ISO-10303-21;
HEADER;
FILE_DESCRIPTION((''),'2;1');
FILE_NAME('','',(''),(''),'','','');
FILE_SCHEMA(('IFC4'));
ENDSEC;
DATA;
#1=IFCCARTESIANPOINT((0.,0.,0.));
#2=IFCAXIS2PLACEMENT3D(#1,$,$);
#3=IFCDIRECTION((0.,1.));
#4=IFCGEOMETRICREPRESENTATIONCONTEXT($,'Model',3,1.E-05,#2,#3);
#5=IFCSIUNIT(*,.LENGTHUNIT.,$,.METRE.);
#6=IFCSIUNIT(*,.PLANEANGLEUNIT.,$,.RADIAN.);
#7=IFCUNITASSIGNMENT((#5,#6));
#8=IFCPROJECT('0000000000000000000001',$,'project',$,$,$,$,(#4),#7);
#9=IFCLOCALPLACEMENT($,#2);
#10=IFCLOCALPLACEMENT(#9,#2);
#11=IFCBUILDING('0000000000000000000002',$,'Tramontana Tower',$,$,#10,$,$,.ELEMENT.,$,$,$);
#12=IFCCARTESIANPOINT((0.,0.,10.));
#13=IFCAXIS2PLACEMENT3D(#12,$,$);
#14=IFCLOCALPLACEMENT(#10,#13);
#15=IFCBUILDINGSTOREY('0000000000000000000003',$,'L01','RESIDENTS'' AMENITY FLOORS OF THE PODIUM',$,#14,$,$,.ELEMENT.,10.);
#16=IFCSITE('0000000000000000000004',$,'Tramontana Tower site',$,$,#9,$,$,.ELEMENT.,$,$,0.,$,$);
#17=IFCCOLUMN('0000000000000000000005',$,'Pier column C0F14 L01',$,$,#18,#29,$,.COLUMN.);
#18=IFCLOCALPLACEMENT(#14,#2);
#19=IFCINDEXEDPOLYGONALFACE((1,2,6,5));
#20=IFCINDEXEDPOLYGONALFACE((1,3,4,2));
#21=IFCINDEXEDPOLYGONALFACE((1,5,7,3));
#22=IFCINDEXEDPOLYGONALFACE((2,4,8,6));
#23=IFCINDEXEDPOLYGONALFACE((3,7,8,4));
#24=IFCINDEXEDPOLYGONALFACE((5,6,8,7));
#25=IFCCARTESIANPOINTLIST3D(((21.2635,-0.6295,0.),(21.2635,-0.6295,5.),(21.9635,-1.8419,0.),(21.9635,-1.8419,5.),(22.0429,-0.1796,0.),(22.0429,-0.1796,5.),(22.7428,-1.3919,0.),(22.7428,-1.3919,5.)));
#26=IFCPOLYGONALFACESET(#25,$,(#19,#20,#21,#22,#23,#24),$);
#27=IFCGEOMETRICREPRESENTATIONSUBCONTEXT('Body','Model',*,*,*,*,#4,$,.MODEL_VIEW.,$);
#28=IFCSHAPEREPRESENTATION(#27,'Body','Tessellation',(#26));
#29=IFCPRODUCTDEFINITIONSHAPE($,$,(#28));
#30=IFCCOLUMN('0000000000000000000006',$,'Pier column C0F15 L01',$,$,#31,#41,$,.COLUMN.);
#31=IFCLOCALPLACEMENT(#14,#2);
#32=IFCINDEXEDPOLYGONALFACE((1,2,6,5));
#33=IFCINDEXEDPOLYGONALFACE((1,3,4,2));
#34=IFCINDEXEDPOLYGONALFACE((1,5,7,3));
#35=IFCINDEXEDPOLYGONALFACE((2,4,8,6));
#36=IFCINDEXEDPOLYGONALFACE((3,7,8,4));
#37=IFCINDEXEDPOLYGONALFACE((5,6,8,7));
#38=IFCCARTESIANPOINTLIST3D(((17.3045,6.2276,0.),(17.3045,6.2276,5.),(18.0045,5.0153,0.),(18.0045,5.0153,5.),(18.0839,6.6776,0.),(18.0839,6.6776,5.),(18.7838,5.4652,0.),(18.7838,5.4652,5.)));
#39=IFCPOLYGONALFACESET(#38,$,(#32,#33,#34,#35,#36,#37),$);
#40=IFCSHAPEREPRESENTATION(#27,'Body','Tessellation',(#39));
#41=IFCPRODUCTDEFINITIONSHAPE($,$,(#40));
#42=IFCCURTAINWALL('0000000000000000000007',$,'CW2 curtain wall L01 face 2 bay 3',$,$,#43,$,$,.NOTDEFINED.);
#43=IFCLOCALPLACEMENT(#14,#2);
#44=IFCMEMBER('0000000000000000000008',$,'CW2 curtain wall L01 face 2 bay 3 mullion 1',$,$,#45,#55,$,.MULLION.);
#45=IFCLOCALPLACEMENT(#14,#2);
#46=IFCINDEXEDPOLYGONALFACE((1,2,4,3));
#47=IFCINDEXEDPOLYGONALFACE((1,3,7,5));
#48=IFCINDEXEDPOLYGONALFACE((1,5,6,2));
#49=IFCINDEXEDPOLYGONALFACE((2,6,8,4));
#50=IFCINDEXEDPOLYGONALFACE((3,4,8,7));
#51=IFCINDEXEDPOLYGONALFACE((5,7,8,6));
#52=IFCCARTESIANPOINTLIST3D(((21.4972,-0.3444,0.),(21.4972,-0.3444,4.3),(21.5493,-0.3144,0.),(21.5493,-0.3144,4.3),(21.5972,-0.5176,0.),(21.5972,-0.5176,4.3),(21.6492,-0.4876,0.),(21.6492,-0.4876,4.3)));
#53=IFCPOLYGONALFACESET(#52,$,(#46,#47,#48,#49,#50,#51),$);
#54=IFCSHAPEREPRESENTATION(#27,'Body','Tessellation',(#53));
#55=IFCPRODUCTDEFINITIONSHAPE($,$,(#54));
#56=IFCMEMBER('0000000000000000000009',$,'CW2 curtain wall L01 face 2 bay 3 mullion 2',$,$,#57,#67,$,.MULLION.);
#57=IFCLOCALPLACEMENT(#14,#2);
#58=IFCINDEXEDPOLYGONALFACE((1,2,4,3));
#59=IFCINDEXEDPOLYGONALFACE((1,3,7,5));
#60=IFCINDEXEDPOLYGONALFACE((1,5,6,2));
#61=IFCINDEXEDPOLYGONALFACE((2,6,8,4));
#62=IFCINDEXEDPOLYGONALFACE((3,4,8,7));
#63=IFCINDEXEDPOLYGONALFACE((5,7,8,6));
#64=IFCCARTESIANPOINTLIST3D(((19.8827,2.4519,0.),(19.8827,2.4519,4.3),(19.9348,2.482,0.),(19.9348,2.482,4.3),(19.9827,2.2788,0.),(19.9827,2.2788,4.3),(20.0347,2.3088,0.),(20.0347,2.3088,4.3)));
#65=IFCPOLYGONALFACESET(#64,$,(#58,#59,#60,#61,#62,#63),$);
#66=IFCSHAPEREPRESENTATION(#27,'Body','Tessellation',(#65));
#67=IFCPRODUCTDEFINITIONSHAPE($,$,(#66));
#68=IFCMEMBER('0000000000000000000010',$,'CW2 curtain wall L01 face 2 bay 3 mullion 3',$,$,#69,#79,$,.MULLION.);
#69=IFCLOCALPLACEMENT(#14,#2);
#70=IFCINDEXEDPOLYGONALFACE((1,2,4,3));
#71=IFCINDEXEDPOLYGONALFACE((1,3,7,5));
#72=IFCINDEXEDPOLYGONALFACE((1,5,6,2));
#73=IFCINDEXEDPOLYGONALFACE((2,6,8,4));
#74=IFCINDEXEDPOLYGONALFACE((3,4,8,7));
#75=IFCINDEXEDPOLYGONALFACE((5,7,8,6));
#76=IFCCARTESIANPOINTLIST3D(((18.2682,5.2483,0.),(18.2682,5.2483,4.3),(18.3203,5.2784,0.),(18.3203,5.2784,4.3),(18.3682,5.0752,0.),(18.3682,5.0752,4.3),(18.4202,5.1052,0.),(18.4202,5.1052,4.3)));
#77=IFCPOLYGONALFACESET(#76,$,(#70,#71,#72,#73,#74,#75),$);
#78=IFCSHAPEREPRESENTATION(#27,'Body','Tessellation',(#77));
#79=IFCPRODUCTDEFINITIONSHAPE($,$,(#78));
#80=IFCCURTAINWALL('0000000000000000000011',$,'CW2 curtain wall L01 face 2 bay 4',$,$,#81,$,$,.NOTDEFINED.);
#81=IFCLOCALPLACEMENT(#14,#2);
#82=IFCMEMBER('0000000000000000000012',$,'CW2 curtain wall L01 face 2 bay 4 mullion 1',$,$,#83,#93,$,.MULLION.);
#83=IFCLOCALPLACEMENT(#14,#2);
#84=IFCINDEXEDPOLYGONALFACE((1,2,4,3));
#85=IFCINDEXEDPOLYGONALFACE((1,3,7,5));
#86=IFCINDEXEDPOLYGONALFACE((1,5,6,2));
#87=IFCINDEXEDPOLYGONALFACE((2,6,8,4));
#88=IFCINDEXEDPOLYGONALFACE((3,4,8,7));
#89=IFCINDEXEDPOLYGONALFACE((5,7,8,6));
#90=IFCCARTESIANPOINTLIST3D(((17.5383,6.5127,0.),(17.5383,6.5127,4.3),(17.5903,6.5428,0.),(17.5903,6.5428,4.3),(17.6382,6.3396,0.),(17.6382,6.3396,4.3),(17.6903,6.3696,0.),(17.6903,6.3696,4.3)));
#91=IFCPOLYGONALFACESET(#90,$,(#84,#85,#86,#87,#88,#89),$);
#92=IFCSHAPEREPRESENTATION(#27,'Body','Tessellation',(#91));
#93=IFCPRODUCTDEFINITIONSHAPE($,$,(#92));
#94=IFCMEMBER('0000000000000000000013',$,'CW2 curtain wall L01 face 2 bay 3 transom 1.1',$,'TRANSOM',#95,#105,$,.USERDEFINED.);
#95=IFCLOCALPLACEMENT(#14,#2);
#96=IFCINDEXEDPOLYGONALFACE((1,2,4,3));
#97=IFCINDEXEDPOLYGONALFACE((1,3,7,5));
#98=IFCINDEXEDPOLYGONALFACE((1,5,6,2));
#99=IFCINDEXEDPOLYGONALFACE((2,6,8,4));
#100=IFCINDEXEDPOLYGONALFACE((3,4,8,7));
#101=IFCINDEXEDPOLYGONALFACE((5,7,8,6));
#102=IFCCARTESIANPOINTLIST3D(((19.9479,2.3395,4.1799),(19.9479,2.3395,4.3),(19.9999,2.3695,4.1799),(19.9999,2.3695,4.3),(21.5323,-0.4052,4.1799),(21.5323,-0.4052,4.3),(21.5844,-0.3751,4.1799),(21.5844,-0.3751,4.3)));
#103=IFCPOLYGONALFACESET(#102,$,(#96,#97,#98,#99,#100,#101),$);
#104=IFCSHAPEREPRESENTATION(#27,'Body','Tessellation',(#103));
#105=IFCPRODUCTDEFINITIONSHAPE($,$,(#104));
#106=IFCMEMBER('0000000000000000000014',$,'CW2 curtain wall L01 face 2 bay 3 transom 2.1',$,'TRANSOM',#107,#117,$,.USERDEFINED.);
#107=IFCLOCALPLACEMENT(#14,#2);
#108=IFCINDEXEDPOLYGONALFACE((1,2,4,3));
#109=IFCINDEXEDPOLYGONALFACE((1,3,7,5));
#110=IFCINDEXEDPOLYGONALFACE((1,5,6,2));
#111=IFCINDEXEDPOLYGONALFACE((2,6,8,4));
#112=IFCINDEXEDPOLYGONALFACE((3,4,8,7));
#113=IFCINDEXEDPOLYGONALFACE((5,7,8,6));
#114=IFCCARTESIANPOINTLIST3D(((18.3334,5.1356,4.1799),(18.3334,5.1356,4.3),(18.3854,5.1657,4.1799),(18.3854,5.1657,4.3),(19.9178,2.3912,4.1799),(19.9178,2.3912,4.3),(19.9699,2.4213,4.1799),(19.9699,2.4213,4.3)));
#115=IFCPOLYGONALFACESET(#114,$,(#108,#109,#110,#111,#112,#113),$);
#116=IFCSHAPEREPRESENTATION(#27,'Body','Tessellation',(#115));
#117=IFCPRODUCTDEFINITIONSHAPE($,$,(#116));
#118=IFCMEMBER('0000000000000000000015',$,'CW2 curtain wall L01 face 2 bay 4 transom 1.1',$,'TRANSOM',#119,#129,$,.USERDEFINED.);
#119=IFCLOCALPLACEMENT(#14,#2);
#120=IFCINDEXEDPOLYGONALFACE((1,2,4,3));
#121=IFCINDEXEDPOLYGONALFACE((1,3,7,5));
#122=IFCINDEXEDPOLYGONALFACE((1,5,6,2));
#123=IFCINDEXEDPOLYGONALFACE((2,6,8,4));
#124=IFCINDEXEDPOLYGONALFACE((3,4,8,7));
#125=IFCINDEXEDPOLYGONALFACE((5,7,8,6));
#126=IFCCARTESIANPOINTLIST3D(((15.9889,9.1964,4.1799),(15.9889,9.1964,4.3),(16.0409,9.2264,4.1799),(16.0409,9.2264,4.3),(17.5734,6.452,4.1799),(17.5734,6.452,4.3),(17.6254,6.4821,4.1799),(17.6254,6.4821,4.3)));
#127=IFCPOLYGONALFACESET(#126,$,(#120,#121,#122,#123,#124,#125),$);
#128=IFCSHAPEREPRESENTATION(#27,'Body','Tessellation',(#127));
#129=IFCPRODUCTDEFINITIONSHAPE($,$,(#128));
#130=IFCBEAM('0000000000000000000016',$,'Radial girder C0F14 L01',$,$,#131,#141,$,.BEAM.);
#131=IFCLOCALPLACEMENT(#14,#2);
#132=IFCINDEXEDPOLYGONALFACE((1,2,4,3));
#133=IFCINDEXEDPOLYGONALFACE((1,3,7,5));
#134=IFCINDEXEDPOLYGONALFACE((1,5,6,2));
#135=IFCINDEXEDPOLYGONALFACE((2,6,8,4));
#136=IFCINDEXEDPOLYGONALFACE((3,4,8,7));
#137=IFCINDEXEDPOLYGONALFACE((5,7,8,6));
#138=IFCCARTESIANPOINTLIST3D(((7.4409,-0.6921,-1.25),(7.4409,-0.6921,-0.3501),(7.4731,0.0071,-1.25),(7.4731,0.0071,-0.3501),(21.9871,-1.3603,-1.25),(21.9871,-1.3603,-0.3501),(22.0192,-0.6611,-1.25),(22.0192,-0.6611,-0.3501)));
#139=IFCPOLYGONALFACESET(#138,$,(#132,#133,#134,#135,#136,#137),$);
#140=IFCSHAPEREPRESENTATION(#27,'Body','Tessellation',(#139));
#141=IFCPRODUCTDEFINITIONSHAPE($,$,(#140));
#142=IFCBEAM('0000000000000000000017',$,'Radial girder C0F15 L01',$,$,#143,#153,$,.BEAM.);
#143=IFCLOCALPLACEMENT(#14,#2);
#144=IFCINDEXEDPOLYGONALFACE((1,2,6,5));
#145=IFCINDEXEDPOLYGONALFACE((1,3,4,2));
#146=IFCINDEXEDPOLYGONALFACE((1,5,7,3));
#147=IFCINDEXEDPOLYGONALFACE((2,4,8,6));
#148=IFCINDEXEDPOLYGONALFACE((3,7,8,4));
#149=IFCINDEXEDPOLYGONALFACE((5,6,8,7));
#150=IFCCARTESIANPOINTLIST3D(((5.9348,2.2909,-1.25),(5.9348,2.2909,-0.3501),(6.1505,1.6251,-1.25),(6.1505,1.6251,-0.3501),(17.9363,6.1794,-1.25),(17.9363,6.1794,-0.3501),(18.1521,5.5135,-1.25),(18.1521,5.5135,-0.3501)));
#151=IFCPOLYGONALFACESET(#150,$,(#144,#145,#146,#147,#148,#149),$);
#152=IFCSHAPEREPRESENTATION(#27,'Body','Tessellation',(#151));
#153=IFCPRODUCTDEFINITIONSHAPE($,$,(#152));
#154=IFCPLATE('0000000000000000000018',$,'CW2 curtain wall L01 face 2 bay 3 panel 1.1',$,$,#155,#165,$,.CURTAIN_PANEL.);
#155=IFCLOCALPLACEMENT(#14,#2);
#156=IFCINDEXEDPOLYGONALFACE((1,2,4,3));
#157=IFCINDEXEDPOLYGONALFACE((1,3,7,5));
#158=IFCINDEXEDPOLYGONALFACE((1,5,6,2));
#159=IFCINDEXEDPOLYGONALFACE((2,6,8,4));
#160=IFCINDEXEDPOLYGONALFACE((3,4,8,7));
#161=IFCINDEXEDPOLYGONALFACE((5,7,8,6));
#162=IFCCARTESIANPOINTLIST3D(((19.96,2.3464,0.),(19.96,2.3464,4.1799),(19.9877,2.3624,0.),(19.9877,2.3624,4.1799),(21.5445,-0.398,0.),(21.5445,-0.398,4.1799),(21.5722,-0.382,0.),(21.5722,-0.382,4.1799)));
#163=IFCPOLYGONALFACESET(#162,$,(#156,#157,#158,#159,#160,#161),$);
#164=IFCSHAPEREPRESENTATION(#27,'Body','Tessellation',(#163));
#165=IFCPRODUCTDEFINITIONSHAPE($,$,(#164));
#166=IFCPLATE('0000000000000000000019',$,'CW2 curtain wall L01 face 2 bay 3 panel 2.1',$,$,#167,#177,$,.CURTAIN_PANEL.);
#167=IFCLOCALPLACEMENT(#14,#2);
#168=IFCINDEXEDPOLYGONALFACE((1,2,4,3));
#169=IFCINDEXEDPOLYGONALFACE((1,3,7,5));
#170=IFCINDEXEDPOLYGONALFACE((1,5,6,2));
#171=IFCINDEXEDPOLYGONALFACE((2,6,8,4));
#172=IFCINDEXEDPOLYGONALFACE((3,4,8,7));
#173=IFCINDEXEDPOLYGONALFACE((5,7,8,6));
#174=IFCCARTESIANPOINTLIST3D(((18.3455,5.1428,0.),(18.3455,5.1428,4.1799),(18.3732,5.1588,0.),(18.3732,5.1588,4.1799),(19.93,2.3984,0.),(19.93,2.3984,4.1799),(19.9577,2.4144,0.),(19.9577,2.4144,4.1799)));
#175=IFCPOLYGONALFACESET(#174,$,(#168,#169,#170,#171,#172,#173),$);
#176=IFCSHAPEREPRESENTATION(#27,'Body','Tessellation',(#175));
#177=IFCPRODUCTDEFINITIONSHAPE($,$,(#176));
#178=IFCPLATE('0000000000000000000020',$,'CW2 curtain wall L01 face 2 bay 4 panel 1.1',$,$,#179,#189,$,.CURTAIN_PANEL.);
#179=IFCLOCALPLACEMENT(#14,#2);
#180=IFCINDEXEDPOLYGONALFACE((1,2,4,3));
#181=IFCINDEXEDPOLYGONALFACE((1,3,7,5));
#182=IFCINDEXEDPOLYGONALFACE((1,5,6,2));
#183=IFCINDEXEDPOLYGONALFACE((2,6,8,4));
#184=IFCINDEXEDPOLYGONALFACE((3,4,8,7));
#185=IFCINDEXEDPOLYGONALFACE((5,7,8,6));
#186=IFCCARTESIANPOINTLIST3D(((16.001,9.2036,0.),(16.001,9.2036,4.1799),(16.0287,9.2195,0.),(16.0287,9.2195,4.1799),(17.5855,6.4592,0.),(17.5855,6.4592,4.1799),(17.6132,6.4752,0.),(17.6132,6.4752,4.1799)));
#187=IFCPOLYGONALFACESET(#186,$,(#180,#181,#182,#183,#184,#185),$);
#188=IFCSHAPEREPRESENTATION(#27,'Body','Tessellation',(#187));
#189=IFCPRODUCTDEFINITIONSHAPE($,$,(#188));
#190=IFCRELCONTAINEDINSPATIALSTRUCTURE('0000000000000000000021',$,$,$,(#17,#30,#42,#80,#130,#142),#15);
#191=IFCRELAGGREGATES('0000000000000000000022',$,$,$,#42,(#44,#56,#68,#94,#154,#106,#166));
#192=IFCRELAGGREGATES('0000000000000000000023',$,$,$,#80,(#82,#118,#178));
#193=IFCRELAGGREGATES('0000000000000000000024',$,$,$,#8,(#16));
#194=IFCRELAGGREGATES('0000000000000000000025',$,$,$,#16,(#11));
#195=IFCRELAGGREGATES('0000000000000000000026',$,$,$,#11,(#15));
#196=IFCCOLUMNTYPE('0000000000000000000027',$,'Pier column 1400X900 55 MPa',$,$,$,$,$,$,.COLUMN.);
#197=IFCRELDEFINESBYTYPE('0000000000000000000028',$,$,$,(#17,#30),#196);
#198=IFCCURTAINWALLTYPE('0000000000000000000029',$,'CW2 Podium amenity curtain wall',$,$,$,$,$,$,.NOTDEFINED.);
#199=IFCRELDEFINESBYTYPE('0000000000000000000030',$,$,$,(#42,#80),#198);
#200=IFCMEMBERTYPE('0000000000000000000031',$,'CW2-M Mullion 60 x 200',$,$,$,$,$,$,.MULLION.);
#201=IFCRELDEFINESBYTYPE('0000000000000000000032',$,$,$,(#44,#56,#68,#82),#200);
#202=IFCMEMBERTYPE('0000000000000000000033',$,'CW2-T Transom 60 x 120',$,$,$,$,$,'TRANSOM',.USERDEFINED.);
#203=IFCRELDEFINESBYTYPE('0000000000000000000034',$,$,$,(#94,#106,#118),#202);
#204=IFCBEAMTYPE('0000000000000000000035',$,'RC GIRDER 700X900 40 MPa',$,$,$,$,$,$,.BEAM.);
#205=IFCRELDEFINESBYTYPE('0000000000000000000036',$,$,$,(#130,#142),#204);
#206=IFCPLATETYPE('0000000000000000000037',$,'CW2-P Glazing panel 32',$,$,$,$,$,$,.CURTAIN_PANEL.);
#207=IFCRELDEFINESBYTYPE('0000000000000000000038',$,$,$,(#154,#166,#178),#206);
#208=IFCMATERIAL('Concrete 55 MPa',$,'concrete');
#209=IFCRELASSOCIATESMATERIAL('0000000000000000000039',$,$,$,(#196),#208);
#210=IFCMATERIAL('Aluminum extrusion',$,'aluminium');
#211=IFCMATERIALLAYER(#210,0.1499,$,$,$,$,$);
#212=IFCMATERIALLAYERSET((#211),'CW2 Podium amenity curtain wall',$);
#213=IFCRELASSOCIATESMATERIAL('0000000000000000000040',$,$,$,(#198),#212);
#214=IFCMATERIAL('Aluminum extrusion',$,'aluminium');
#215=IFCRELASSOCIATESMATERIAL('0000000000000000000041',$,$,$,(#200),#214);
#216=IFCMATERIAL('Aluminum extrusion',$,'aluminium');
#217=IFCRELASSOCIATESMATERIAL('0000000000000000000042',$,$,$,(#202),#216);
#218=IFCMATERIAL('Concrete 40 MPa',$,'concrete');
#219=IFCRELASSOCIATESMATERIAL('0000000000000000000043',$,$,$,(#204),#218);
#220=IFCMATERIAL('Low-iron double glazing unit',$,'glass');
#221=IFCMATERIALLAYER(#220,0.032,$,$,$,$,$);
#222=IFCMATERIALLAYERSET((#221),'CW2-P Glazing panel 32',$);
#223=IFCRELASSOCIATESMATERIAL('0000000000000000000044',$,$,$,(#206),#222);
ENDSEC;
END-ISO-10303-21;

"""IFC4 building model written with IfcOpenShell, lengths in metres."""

from ifc_helpers import new_model, si_unit, direction, frame, origin, origin_2d, place, context, subcontext, project, spatial, rectangle, extrude, material, layer, layer_set, material_profile, profile_set, type_object, element, aggregate, save


model = new_model("IFC4")

# Units and contexts
model_context = context("Model", 3, precision=1e-05, world=origin(), true_north=direction((0.0, 1.0)))
body_context = subcontext(model_context, "Body", "Model", "MODEL_VIEW")
ifc_project = project(units=[si_unit("LENGTHUNIT", "METRE"), si_unit("PLANEANGLEUNIT", "RADIAN")], contexts=[model_context])

# Site, building, storey
site_placement = place(None, origin())
site = spatial("IfcSite", under=ifc_project, at=site_placement, Name="Tramontana Tower site", CompositionType="ELEMENT", RefElevation=0.0)
building_placement = place(site_placement, origin())
building = spatial("IfcBuilding", under=site, at=building_placement, Name="Tramontana Tower", CompositionType="ELEMENT")
storey_placement = place(building_placement, frame((0.0, 0.0, 10.0)))
storey = spatial("IfcBuildingStorey", under=building, at=storey_placement, Name="L01", Description="RESIDENTS' AMENITY FLOORS OF THE PODIUM", CompositionType="ELEMENT", Elevation=10.0)

# Columns
ifc_material_1 = material(Name="Concrete 55 MPa", Category="concrete")
ifc_material_profile_1 = material_profile(ifc_material_1, rectangle(XDim=1.3999, YDim=0.8999, at=origin_2d()), Name="Pier column 1400X900 55 MPa")
ifc_profile_set_1 = profile_set([ifc_material_profile_1], Name="Concrete 55 MPa")
column_type = type_object("IfcColumnType", Name="Pier column 1400X900 55 MPa", PredefinedType="COLUMN", material=ifc_profile_set_1)
for number, where, z_axis, x_axis, name in (
    (1, (22.0032, -1.0107, 0.0), (0.0, 0.0, 1.0), (-0.5, 0.866025, 0.0), "Pier column C0F14 L01"),
    (2, (18.0442, 5.8464, 0.0), (0.0, 0.0, 1.0), (-0.5, 0.866025, 0.0), "Pier column C0F15 L01"),
):
    element("IfcColumn", number, at=place(storey_placement, frame(where, z_axis=z_axis, x_axis=x_axis)), inside=storey, type_object=column_type, Name=name, PredefinedType="COLUMN", context=body_context, shape_type="SweptSolid", body=[
        extrude(rectangle(XDim=1.3999, YDim=0.8999, at=origin_2d()), origin(), (0.0, 0.0, 1.0), 5.0),
    ])

# Curtain wall, members
ifc_material_2 = material(Name="Aluminum extrusion", Category="aluminium")
ifc_layer_1 = layer(ifc_material_2, 0.1499)
ifc_layer_set_1 = layer_set([ifc_layer_1], Name="CW2 Podium amenity curtain wall")
curtain_wall_type = type_object("IfcCurtainWallType", Name="CW2 Podium amenity curtain wall", PredefinedType="NOTDEFINED", material=ifc_layer_set_1)
curtain_wall_1_placement = place(storey_placement, origin())
curtain_wall_1 = element("IfcCurtainWall", 3, at=curtain_wall_1_placement, inside=storey, type_object=curtain_wall_type, Name="CW2 curtain wall L01 face 2 bay 3", PredefinedType="NOTDEFINED")
ifc_material_3 = material(Name="Aluminum extrusion", Category="aluminium")
ifc_material_profile_2 = material_profile(ifc_material_3, rectangle(XDim=0.0601, YDim=0.2, at=origin_2d()), Name="CW2-M Mullion 60 x 200")
ifc_profile_set_2 = profile_set([ifc_material_profile_2], Name="Aluminum extrusion")
member_type_1 = type_object("IfcMemberType", Name="CW2-M Mullion 60 x 200", PredefinedType="MULLION", material=ifc_profile_set_2)
member_1_placement = place(storey_placement, frame((21.5732, -0.416, 0.0), z_axis=(0.0, 0.0, 1.0), x_axis=(-0.866025, -0.5, 0.0)))
member_1 = element("IfcMember", 4, at=member_1_placement, type_object=member_type_1, Name="CW2 curtain wall L01 face 2 bay 3 mullion 1", PredefinedType="MULLION", context=body_context, shape_type="SweptSolid", body=[
    extrude(rectangle(XDim=0.0601, YDim=0.2, at=origin_2d()), origin(), (0.0, 0.0, 1.0), 4.3),
])
member_2_placement = place(storey_placement, frame((19.9587, 2.3804, 0.0), z_axis=(0.0, 0.0, 1.0), x_axis=(-0.866025, -0.5, 0.0)))
member_2 = element("IfcMember", 5, at=member_2_placement, type_object=member_type_1, Name="CW2 curtain wall L01 face 2 bay 3 mullion 2", PredefinedType="MULLION", context=body_context, shape_type="SweptSolid", body=[
    extrude(rectangle(XDim=0.0601, YDim=0.2, at=origin_2d()), origin(), (0.0, 0.0, 1.0), 4.3),
])
member_3_placement = place(storey_placement, frame((18.3442, 5.1768, 0.0), z_axis=(0.0, 0.0, 1.0), x_axis=(-0.866025, -0.5, 0.0)))
member_3 = element("IfcMember", 6, at=member_3_placement, type_object=member_type_1, Name="CW2 curtain wall L01 face 2 bay 3 mullion 3", PredefinedType="MULLION", context=body_context, shape_type="SweptSolid", body=[
    extrude(rectangle(XDim=0.0601, YDim=0.2, at=origin_2d()), origin(), (0.0, 0.0, 1.0), 4.3),
])

# Curtain wall, member
curtain_wall_2_placement = place(storey_placement, origin())
curtain_wall_2 = element("IfcCurtainWall", 7, at=curtain_wall_2_placement, inside=storey, type_object=curtain_wall_type, Name="CW2 curtain wall L01 face 2 bay 4", PredefinedType="NOTDEFINED")
member_4_placement = place(storey_placement, frame((17.6143, 6.4412, 0.0), z_axis=(0.0, 0.0, 1.0), x_axis=(-0.866025, -0.5, 0.0)))
member_4 = element("IfcMember", 8, at=member_4_placement, type_object=member_type_1, Name="CW2 curtain wall L01 face 2 bay 4 mullion 1", PredefinedType="MULLION", context=body_context, shape_type="SweptSolid", body=[
    extrude(rectangle(XDim=0.0601, YDim=0.2, at=origin_2d()), origin(), (0.0, 0.0, 1.0), 4.3),
])

# Members
ifc_material_4 = material(Name="Aluminum extrusion", Category="aluminium")
ifc_material_profile_3 = material_profile(ifc_material_4, rectangle(XDim=0.0601, YDim=0.1201, at=origin_2d()), Name="CW2-T Transom 60 x 120")
ifc_profile_set_3 = profile_set([ifc_material_profile_3], Name="Aluminum extrusion")
member_type_2 = type_object("IfcMemberType", Name="CW2-T Transom 60 x 120", ElementType="TRANSOM", PredefinedType="USERDEFINED", material=ifc_profile_set_3)
member_5_placement = place(storey_placement, frame((21.5583, -0.3901, 4.24), z_axis=(-0.499967, 0.866044, 0.0), x_axis=(-0.866044, -0.499967, 0.0)))
member_5 = element("IfcMember", 9, at=member_5_placement, type_object=member_type_2, Name="CW2 curtain wall L01 face 2 bay 3 transom 1.1", ObjectType="TRANSOM", PredefinedType="USERDEFINED", context=body_context, shape_type="SweptSolid", body=[
    extrude(rectangle(XDim=0.0601, YDim=0.1201, at=origin_2d()), origin(), (0.0, 0.0, 1.0), 3.1692),
])
member_6_placement = place(storey_placement, frame((19.9438, 2.4062, 4.24), z_axis=(-0.5, 0.866025, 0.0), x_axis=(-0.866025, -0.5, 0.0)))
member_6 = element("IfcMember", 10, at=member_6_placement, type_object=member_type_2, Name="CW2 curtain wall L01 face 2 bay 3 transom 2.1", ObjectType="TRANSOM", PredefinedType="USERDEFINED", context=body_context, shape_type="SweptSolid", body=[
    extrude(rectangle(XDim=0.0601, YDim=0.1201, at=origin_2d()), origin(), (0.0, 0.0, 1.0), 3.1689),
])
member_7_placement = place(storey_placement, frame((17.5994, 6.467, 4.24), z_axis=(-0.5, 0.866025, 0.0), x_axis=(-0.866025, -0.5, 0.0)))
member_7 = element("IfcMember", 11, at=member_7_placement, type_object=member_type_2, Name="CW2 curtain wall L01 face 2 bay 4 transom 1.1", ObjectType="TRANSOM", PredefinedType="USERDEFINED", context=body_context, shape_type="SweptSolid", body=[
    extrude(rectangle(XDim=0.0601, YDim=0.1201, at=origin_2d()), origin(), (0.0, 0.0, 1.0), 3.1689),
])

# Beams
ifc_material_5 = material(Name="Concrete 40 MPa", Category="concrete")
ifc_material_profile_4 = material_profile(ifc_material_5, rectangle(XDim=0.7, YDim=0.8999, at=origin_2d()), Name="RC GIRDER 700X900 40 MPa")
ifc_profile_set_4 = profile_set([ifc_material_profile_4], Name="Concrete 40 MPa")
beam_type = type_object("IfcBeamType", Name="RC GIRDER 700X900 40 MPa", PredefinedType="BEAM", material=ifc_profile_set_4)
beam_1_placement = place(storey_placement, frame((22.0032, -1.0107, -0.8), z_axis=(-0.998947, 0.045889, 0.0), x_axis=(-0.045889, -0.998947, 0.0)))
element("IfcBeam", 12, at=beam_1_placement, inside=storey, type_object=beam_type, Name="Radial girder C0F14 L01", PredefinedType="BEAM", context=body_context, shape_type="SweptSolid", body=[
    extrude(rectangle(XDim=0.7, YDim=0.8999, at=origin_2d()), origin(), (0.0, 0.0, 1.0), 14.5615),
])
beam_2_placement = place(storey_placement, frame((18.0442, 5.8464, -0.8), z_axis=(-0.951314, -0.308222, 0.0), x_axis=(0.308222, -0.951314, 0.0)))
element("IfcBeam", 13, at=beam_2_placement, inside=storey, type_object=beam_type, Name="Radial girder C0F15 L01", PredefinedType="BEAM", context=body_context, shape_type="SweptSolid", body=[
    extrude(rectangle(XDim=0.7, YDim=0.8999, at=origin_2d()), origin(), (0.0, 0.0, 1.0), 12.6157),
])

# Plates
ifc_material_6 = material(Name="Low-iron double glazing unit", Category="glass")
ifc_layer_2 = layer(ifc_material_6, 0.032)
ifc_layer_set_2 = layer_set([ifc_layer_2], Name="CW2-P Glazing panel 32")
plate_type = type_object("IfcPlateType", Name="CW2-P Glazing panel 32", PredefinedType="CURTAIN_PANEL", material=ifc_layer_set_2)
plate_1_placement = place(storey_placement, frame((20.7661, 0.9822, 0.0), z_axis=(0.0, 0.0, 1.0), x_axis=(-0.5, 0.866025, 0.0)))
plate_1 = element("IfcPlate", 14, at=plate_1_placement, type_object=plate_type, Name="CW2 curtain wall L01 face 2 bay 3 panel 1.1", PredefinedType="CURTAIN_PANEL", context=body_context, shape_type="SweptSolid", body=[
    extrude(rectangle(XDim=3.1689, YDim=0.032, at=origin_2d()), origin(), (0.0, 0.0, 1.0), 4.1799),
])
plate_2_placement = place(storey_placement, frame((19.1516, 3.7786, 0.0), z_axis=(0.0, 0.0, 1.0), x_axis=(-0.5, 0.866025, 0.0)))
plate_2 = element("IfcPlate", 15, at=plate_2_placement, type_object=plate_type, Name="CW2 curtain wall L01 face 2 bay 3 panel 2.1", PredefinedType="CURTAIN_PANEL", context=body_context, shape_type="SweptSolid", body=[
    extrude(rectangle(XDim=3.1689, YDim=0.032, at=origin_2d()), origin(), (0.0, 0.0, 1.0), 4.1799),
])
aggregate(curtain_wall_1, [member_1, member_2, member_3, member_5, plate_1, member_6, plate_2])
plate_3_placement = place(storey_placement, frame((16.8071, 7.8394, 0.0), z_axis=(0.0, 0.0, 1.0), x_axis=(-0.5, 0.866025, 0.0)))
plate_3 = element("IfcPlate", 16, at=plate_3_placement, type_object=plate_type, Name="CW2 curtain wall L01 face 2 bay 4 panel 1.1", PredefinedType="CURTAIN_PANEL", context=body_context, shape_type="SweptSolid", body=[
    extrude(rectangle(XDim=3.1689, YDim=0.032, at=origin_2d()), origin(), (0.0, 0.0, 1.0), 4.1799),
])
aggregate(curtain_wall_2, [member_4, member_7, plate_3])

save(model, "model.ifc")
